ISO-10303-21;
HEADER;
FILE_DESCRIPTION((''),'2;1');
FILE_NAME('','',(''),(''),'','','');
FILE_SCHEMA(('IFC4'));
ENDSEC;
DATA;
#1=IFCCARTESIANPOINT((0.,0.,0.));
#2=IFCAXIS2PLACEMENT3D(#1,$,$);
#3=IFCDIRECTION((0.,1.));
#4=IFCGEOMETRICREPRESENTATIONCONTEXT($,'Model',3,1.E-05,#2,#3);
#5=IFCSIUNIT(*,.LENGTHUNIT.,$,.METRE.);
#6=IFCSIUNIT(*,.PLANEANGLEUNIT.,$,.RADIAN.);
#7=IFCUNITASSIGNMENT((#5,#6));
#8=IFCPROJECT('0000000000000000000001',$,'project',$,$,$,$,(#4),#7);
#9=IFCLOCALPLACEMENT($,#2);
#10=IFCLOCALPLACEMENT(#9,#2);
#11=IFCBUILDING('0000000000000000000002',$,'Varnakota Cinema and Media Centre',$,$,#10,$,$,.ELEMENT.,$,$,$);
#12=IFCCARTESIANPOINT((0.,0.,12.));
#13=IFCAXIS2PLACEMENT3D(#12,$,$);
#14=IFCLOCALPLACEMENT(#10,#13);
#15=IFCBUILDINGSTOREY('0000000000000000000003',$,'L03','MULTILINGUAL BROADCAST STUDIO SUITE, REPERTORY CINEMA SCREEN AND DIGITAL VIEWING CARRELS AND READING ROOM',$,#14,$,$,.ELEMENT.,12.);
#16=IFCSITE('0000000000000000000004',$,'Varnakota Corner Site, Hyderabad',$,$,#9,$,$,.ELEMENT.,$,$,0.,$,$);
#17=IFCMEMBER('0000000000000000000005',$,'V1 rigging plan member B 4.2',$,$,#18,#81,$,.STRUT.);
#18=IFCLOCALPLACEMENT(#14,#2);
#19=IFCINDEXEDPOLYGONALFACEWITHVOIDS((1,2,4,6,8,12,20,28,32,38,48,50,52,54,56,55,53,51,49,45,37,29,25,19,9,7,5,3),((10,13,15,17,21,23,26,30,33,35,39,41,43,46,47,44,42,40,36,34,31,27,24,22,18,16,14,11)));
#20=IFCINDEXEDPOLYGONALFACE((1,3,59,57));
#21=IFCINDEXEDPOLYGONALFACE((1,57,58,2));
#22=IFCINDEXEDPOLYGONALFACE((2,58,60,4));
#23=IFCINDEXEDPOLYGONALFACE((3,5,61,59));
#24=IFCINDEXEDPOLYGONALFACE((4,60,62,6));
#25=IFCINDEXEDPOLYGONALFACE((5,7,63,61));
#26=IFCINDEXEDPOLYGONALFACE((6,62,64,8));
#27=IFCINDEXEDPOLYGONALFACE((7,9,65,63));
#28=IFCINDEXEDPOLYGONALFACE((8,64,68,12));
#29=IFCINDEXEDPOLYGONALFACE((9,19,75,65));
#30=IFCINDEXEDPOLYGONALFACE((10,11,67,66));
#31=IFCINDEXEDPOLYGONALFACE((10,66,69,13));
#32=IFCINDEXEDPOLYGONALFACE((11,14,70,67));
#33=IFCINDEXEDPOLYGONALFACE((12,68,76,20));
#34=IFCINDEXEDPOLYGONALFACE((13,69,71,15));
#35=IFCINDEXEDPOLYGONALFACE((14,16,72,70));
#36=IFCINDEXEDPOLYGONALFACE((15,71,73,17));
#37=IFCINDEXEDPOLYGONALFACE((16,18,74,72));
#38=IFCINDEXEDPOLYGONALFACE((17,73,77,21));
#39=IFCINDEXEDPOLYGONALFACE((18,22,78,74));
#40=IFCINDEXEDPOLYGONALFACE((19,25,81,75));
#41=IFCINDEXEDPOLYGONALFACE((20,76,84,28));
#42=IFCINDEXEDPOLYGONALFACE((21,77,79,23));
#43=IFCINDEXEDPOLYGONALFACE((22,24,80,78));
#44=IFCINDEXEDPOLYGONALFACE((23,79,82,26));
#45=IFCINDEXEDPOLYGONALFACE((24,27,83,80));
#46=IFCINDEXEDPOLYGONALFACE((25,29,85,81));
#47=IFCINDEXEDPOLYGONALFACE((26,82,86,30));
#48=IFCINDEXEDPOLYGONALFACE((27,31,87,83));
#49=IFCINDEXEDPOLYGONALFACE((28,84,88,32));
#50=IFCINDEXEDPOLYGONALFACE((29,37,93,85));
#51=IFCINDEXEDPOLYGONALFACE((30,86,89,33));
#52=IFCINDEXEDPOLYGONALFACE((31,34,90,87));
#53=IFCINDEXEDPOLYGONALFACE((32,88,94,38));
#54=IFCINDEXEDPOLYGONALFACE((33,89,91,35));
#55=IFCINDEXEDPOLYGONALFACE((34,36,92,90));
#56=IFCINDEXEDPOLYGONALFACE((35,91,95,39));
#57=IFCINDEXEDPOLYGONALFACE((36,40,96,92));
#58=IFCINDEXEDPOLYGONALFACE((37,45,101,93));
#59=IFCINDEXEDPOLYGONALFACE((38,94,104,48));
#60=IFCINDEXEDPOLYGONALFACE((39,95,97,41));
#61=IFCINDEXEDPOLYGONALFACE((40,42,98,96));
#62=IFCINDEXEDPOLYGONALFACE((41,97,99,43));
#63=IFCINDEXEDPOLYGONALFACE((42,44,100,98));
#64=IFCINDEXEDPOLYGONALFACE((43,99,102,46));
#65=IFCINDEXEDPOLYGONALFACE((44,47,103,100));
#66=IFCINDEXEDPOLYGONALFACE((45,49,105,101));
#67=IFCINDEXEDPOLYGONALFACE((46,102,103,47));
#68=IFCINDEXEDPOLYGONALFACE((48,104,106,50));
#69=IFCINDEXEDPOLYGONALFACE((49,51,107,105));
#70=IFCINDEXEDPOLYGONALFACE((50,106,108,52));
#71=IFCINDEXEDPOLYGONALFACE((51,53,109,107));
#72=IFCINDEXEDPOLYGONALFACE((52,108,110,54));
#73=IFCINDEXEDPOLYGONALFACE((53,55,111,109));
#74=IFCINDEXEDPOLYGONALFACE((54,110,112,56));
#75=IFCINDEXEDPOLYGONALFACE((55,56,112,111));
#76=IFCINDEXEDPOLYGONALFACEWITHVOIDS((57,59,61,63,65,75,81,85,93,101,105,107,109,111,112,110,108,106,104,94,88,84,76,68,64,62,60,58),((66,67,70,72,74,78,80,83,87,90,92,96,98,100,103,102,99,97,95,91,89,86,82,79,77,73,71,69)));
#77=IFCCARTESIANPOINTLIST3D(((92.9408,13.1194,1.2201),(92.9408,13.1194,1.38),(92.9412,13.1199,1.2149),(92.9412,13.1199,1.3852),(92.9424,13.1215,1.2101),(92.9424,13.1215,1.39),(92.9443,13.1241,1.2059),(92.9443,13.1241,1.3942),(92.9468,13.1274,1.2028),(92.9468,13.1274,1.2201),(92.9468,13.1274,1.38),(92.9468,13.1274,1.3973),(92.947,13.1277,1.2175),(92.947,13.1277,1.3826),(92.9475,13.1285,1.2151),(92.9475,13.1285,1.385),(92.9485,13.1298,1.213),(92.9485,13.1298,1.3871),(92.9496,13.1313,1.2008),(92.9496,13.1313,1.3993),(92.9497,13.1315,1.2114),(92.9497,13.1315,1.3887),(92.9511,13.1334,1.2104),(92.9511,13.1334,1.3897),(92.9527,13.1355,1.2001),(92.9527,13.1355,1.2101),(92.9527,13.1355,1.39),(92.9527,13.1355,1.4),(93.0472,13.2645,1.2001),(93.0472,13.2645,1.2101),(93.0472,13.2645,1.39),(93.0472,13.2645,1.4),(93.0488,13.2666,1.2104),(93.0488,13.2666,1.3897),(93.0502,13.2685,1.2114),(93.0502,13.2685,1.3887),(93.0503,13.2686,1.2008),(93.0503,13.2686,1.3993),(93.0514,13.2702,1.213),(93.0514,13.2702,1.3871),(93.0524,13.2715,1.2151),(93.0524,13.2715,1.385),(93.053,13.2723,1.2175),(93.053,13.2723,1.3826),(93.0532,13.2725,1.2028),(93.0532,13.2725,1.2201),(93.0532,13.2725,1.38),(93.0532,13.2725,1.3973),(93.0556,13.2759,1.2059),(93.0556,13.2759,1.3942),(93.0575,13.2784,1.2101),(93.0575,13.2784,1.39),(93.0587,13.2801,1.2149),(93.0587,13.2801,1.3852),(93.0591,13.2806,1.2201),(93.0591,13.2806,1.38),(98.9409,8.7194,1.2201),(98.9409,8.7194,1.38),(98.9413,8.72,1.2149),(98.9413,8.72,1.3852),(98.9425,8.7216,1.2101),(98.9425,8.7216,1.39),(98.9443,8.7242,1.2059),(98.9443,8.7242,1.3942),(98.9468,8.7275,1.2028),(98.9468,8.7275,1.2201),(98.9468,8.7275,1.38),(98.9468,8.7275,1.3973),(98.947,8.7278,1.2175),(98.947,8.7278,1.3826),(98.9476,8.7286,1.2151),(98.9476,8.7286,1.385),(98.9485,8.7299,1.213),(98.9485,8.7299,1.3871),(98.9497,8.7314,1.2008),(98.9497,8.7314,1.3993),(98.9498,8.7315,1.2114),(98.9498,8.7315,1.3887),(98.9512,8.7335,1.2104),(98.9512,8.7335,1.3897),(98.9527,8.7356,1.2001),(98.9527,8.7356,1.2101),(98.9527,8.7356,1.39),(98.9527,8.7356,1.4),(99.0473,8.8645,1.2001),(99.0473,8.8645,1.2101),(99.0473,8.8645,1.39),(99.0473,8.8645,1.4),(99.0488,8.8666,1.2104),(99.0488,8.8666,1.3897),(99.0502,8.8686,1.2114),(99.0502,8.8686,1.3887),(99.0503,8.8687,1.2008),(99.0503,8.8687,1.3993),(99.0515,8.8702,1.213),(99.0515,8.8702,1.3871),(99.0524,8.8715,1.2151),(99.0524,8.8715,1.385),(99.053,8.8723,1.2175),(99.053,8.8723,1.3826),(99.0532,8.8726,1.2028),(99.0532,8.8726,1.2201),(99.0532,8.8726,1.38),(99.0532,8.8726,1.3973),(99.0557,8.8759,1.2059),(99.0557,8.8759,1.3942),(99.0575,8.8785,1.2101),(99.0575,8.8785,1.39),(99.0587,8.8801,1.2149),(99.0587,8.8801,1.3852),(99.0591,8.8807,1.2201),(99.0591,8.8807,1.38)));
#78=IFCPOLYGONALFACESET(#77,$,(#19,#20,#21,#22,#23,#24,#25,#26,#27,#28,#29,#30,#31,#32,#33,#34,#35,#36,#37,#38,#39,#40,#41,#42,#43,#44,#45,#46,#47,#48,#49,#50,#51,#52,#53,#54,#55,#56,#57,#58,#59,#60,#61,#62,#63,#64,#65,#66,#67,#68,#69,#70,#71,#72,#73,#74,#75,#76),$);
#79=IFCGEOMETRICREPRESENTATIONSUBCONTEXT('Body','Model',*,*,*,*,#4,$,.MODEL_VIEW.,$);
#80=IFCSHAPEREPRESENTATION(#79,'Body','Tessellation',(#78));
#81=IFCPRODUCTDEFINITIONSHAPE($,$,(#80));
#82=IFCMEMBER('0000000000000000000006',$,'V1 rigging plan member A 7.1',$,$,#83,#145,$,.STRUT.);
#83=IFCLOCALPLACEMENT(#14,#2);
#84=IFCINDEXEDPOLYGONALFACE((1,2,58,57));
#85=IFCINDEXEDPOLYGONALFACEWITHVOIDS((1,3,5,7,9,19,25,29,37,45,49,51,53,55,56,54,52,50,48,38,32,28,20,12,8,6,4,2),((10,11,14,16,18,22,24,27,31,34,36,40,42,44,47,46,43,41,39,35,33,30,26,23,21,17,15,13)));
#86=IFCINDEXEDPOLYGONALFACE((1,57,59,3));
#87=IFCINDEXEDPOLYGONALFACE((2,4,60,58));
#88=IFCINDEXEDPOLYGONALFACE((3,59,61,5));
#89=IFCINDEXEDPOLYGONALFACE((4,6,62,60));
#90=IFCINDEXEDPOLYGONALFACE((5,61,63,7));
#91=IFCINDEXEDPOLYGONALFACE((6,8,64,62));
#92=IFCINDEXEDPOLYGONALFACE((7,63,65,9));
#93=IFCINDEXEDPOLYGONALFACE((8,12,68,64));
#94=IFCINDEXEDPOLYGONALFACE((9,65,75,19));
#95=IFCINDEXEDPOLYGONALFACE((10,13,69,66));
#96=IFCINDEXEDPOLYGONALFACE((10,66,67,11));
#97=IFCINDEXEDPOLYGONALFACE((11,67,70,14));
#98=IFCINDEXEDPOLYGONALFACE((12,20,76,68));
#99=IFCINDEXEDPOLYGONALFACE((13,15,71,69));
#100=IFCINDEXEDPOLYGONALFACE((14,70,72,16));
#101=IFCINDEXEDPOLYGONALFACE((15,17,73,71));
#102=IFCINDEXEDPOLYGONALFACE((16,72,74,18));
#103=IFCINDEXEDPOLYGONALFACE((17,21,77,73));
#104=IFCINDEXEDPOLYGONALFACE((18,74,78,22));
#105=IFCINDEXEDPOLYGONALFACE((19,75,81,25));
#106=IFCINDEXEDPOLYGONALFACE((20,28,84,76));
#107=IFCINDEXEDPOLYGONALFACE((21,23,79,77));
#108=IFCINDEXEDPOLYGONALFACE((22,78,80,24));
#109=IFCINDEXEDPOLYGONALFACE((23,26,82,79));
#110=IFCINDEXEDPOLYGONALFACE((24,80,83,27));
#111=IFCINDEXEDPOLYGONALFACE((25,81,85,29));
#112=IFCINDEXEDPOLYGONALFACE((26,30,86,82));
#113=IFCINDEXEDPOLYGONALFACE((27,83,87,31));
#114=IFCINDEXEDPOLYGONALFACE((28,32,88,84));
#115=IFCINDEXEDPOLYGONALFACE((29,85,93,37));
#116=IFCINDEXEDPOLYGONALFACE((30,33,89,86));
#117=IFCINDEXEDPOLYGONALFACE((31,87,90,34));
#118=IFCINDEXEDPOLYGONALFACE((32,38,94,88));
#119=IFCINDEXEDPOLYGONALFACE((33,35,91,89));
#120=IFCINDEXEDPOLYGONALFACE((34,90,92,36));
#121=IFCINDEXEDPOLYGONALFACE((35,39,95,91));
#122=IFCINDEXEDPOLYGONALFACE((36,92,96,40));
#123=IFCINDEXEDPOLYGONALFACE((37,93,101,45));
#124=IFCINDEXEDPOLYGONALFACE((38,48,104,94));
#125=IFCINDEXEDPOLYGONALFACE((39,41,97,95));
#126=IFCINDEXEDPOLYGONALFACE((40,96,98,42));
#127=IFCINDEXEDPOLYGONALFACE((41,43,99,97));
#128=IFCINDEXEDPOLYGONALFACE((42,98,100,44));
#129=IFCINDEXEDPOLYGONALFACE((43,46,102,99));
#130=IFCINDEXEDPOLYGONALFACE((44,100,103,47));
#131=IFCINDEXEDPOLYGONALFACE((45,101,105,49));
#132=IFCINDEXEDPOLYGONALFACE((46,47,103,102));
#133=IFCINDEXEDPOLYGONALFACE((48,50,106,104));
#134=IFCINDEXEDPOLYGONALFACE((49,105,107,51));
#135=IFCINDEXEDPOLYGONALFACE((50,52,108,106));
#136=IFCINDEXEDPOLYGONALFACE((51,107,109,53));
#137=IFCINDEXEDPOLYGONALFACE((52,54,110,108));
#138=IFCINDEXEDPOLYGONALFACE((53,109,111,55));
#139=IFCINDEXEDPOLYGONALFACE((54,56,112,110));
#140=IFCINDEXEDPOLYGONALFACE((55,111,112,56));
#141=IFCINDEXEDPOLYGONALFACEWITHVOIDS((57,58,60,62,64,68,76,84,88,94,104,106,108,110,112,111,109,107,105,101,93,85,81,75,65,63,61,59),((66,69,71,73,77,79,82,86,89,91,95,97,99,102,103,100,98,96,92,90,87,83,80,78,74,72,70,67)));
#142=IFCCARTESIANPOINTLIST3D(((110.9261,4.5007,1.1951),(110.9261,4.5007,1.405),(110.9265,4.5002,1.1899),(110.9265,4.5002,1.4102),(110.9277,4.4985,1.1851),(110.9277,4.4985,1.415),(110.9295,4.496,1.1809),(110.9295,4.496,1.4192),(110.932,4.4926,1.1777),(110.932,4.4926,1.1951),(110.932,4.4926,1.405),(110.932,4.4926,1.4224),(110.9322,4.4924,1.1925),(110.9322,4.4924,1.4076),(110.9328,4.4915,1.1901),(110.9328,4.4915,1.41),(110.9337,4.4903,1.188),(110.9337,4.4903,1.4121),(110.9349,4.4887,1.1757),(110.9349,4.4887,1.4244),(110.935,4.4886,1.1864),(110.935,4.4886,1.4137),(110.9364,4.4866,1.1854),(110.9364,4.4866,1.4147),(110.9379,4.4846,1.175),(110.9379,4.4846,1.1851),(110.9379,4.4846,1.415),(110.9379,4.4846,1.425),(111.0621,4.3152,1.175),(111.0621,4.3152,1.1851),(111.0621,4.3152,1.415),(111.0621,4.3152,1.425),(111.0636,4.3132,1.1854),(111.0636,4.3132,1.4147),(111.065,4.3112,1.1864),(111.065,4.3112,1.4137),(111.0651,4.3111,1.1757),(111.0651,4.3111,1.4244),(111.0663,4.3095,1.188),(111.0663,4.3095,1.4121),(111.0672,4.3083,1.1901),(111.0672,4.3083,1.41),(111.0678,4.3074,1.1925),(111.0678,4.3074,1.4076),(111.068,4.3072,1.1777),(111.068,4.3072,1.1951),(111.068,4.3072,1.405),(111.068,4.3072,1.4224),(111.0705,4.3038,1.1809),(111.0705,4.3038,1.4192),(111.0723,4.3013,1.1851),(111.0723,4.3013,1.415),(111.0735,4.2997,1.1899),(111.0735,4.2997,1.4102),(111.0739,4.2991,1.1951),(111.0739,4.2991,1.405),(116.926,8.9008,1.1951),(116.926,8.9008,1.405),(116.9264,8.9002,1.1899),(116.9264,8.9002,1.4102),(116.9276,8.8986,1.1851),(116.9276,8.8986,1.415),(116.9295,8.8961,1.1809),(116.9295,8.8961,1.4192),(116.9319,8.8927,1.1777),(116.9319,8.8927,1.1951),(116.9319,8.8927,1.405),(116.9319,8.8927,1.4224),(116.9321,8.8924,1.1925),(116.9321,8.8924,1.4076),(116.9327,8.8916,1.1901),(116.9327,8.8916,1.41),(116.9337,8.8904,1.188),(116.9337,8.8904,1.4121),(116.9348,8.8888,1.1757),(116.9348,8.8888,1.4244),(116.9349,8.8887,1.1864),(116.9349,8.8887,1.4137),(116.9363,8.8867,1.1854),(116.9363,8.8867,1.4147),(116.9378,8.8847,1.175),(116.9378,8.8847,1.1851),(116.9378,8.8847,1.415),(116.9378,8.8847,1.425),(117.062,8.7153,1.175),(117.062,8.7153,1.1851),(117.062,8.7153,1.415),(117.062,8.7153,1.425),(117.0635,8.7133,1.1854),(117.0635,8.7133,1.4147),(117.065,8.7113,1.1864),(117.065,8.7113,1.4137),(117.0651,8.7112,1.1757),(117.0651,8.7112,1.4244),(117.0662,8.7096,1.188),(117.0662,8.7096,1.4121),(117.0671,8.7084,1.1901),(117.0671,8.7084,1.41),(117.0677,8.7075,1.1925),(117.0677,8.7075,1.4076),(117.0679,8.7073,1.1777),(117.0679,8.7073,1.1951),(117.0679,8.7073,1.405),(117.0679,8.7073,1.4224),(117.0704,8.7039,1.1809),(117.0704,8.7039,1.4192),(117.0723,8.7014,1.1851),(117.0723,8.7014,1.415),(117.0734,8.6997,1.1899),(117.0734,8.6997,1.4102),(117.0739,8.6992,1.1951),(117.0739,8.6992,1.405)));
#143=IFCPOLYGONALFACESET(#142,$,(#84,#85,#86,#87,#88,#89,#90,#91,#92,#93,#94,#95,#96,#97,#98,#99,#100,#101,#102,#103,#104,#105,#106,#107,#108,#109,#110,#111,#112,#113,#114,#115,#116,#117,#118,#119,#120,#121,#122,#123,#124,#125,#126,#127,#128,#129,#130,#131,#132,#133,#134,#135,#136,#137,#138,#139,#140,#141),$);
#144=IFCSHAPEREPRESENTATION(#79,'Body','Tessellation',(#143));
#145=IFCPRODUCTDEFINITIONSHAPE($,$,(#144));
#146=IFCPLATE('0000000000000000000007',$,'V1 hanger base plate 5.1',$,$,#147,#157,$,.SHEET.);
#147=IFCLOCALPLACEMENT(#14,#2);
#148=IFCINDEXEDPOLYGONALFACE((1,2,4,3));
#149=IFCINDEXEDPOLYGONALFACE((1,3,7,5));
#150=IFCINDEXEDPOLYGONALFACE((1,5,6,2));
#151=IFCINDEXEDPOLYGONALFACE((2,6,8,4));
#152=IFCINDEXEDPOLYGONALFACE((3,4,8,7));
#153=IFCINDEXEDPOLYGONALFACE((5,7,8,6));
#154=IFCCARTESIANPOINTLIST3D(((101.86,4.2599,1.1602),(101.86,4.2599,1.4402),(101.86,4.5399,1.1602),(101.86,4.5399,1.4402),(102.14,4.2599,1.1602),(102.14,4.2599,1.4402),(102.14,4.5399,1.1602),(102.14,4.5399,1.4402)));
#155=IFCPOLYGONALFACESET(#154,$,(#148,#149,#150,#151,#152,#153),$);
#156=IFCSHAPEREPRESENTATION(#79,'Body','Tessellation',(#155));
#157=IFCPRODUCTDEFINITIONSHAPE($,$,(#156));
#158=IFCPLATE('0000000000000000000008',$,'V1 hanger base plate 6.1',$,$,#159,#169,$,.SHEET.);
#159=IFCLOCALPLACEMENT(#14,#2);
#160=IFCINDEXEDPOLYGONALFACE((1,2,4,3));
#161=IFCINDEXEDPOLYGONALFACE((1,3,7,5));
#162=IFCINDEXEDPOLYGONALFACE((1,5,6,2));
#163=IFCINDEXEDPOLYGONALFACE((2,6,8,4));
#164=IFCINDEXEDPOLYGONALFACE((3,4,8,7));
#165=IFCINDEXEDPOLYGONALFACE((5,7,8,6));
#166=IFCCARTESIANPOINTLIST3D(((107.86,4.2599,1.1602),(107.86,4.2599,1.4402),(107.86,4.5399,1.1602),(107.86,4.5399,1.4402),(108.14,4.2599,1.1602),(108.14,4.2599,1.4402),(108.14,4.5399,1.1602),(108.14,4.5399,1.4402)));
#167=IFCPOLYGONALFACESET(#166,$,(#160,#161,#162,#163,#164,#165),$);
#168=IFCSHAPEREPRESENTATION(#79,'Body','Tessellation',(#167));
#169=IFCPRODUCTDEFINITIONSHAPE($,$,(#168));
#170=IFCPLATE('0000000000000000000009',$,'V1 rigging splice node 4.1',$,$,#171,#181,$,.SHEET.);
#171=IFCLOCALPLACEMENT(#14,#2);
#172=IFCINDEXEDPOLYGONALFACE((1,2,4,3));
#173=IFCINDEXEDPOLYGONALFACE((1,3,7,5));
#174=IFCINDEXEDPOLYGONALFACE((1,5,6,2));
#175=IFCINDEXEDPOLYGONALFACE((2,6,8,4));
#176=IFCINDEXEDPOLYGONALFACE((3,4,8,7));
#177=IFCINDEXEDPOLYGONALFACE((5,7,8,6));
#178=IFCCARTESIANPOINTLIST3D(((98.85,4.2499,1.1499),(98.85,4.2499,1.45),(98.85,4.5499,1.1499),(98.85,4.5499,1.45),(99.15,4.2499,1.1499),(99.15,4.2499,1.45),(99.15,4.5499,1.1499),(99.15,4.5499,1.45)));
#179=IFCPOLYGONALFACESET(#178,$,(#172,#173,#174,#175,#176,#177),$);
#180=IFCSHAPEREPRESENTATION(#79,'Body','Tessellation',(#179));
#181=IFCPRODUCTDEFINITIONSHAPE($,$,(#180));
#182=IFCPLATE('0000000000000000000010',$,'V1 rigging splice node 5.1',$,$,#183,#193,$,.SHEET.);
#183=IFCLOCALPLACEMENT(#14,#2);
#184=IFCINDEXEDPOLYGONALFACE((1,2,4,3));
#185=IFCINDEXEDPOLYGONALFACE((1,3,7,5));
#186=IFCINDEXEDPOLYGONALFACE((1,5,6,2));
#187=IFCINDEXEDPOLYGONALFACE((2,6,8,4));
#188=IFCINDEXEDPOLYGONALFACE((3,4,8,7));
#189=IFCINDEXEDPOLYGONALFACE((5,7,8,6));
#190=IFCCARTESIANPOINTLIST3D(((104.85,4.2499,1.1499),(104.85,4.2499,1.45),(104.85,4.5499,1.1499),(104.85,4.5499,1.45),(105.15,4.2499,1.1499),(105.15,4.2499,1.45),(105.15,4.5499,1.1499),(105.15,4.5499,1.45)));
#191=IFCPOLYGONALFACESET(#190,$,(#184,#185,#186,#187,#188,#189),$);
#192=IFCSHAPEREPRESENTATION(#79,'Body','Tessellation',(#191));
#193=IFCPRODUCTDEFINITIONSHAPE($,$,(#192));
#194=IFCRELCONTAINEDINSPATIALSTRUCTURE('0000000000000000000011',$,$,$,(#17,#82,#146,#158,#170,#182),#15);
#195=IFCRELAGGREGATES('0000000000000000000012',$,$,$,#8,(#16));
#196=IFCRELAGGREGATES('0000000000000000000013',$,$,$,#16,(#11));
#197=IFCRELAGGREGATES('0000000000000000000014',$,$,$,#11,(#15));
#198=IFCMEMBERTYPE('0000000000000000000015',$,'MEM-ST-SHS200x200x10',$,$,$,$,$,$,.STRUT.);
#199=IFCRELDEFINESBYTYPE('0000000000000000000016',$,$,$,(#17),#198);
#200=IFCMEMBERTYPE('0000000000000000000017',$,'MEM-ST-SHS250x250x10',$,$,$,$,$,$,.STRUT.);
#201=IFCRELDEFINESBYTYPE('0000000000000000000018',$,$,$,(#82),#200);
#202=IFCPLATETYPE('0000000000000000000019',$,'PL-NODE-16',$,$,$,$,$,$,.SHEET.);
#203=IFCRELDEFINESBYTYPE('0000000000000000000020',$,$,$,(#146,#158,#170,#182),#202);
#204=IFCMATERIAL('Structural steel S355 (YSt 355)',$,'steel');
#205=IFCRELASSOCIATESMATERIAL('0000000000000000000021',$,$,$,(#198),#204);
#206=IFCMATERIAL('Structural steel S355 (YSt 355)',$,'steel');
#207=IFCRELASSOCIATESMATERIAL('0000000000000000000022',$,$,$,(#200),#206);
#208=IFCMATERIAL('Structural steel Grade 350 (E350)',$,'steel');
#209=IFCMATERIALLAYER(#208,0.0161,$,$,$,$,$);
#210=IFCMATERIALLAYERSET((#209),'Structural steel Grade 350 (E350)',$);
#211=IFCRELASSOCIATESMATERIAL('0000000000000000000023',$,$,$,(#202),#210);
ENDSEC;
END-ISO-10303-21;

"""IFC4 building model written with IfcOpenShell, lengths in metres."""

from ifc_helpers import new_model, si_unit, direction, frame, origin, origin_2d, place, context, subcontext, project, spatial, rectangle, hollow_rectangle, extrude, material, layer, layer_set, material_profile, profile_set, type_object, element, save


model = new_model("IFC4")

# Units and contexts
model_context = context("Model", 3, precision=1e-05, world=origin(), true_north=direction((0.0, 1.0)))
body_context = subcontext(model_context, "Body", "Model", "MODEL_VIEW")
ifc_project = project(units=[si_unit("LENGTHUNIT", "METRE"), si_unit("PLANEANGLEUNIT", "RADIAN")], contexts=[model_context])

# Site, building, storey
site_placement = place(None, origin())
site = spatial("IfcSite", under=ifc_project, at=site_placement, Name="Varnakota Corner Site, Hyderabad", CompositionType="ELEMENT", RefElevation=0.0)
building_placement = place(site_placement, origin())
building = spatial("IfcBuilding", under=site, at=building_placement, Name="Varnakota Cinema and Media Centre", CompositionType="ELEMENT")
storey_placement = place(building_placement, frame((0.0, 0.0, 12.0)))
storey = spatial("IfcBuildingStorey", under=building, at=storey_placement, Name="L03", Description="MULTILINGUAL BROADCAST STUDIO SUITE, REPERTORY CINEMA SCREEN AND DIGITAL VIEWING CARRELS AND READING ROOM", CompositionType="ELEMENT", Elevation=12.0)

# Members
ifc_material_1 = material(Name="Structural steel S355 (YSt 355)", Category="steel")
ifc_material_profile_1 = material_profile(ifc_material_1, hollow_rectangle(XDim=0.2, YDim=0.2, WallThickness=0.01, InnerFilletRadius=0.01, OuterFilletRadius=0.02, at=origin_2d()), Name="SHS 200x200x10")
ifc_profile_set_1 = profile_set([ifc_material_profile_1], Name="Structural steel S355 (YSt 355)")
member_type_1 = type_object("IfcMemberType", Name="MEM-ST-SHS200x200x10", PredefinedType="STRUT", material=ifc_profile_set_1)
member_1_placement = place(storey_placement, frame((99.0, 8.8, 1.3), z_axis=(-0.806411, 0.591355, 0.0), x_axis=(-0.591355, -0.806411, 0.0)))
element("IfcMember", 1, at=member_1_placement, inside=storey, type_object=member_type_1, Name="V1 rigging plan member B 4.2", PredefinedType="STRUT", context=body_context, shape_type="SweptSolid", body=[
    extrude(hollow_rectangle(XDim=0.2, YDim=0.2, WallThickness=0.01, InnerFilletRadius=0.01, OuterFilletRadius=0.02, at=origin_2d()), origin(), (0.0, 0.0, 1.0), 7.4404),
])
ifc_material_2 = material(Name="Structural steel S355 (YSt 355)", Category="steel")
ifc_material_profile_2 = material_profile(ifc_material_2, hollow_rectangle(XDim=0.25, YDim=0.25, WallThickness=0.01, InnerFilletRadius=0.01, OuterFilletRadius=0.02, at=origin_2d()), Name="SHS 250x250x10")
ifc_profile_set_2 = profile_set([ifc_material_profile_2], Name="Structural steel S355 (YSt 355)")
member_type_2 = type_object("IfcMemberType", Name="MEM-ST-SHS250x250x10", PredefinedType="STRUT", material=ifc_profile_set_2)
member_2_placement = place(storey_placement, frame((111.0, 4.3999, 1.3), z_axis=(0.806396, 0.591376, 0.0), x_axis=(-0.591376, 0.806396, 0.0)))
element("IfcMember", 2, at=member_2_placement, inside=storey, type_object=member_type_2, Name="V1 rigging plan member A 7.1", PredefinedType="STRUT", context=body_context, shape_type="SweptSolid", body=[
    extrude(hollow_rectangle(XDim=0.25, YDim=0.25, WallThickness=0.01, InnerFilletRadius=0.01, OuterFilletRadius=0.02, at=origin_2d()), origin(), (0.0, 0.0, 1.0), 7.4404),
])

# Plates
ifc_material_3 = material(Name="Structural steel Grade 350 (E350)", Category="steel")
ifc_layer_1 = layer(ifc_material_3, 0.0161)
ifc_layer_set_1 = layer_set([ifc_layer_1], Name="Structural steel Grade 350 (E350)")
plate_type = type_object("IfcPlateType", Name="PL-NODE-16", PredefinedType="SHEET", material=ifc_layer_set_1)
for number, where, z_axis, x_axis, name in (
    (3, (102.0, 4.3999, 1.1602), (0.0, 0.0, 1.0), (1.0, 0.0, 0.0), "V1 hanger base plate 5.1"),
    (4, (108.0, 4.3999, 1.1602), (0.0, 0.0, 1.0), (1.0, 0.0, 0.0), "V1 hanger base plate 6.1"),
):
    element("IfcPlate", number, at=place(storey_placement, frame(where, z_axis=z_axis, x_axis=x_axis)), inside=storey, type_object=plate_type, Name=name, PredefinedType="SHEET", context=body_context, shape_type="SweptSolid", body=[
        extrude(rectangle(XDim=0.28, YDim=0.28, at=origin_2d()), origin(), (0.0, 0.0, 1.0), 0.28),
    ])
for number, where, z_axis, x_axis, name in (
    (5, (99.0, 4.3999, 1.1499), (0.0, 0.0, 1.0), (1.0, 0.0, 0.0), "V1 rigging splice node 4.1"),
    (6, (105.0, 4.3999, 1.1499), (0.0, 0.0, 1.0), (1.0, 0.0, 0.0), "V1 rigging splice node 5.1"),
):
    element("IfcPlate", number, at=place(storey_placement, frame(where, z_axis=z_axis, x_axis=x_axis)), inside=storey, type_object=plate_type, Name=name, PredefinedType="SHEET", context=body_context, shape_type="SweptSolid", body=[
        extrude(rectangle(XDim=0.3, YDim=0.3, at=origin_2d()), origin(), (0.0, 0.0, 1.0), 0.3),
    ])

save(model, "model.ifc")
